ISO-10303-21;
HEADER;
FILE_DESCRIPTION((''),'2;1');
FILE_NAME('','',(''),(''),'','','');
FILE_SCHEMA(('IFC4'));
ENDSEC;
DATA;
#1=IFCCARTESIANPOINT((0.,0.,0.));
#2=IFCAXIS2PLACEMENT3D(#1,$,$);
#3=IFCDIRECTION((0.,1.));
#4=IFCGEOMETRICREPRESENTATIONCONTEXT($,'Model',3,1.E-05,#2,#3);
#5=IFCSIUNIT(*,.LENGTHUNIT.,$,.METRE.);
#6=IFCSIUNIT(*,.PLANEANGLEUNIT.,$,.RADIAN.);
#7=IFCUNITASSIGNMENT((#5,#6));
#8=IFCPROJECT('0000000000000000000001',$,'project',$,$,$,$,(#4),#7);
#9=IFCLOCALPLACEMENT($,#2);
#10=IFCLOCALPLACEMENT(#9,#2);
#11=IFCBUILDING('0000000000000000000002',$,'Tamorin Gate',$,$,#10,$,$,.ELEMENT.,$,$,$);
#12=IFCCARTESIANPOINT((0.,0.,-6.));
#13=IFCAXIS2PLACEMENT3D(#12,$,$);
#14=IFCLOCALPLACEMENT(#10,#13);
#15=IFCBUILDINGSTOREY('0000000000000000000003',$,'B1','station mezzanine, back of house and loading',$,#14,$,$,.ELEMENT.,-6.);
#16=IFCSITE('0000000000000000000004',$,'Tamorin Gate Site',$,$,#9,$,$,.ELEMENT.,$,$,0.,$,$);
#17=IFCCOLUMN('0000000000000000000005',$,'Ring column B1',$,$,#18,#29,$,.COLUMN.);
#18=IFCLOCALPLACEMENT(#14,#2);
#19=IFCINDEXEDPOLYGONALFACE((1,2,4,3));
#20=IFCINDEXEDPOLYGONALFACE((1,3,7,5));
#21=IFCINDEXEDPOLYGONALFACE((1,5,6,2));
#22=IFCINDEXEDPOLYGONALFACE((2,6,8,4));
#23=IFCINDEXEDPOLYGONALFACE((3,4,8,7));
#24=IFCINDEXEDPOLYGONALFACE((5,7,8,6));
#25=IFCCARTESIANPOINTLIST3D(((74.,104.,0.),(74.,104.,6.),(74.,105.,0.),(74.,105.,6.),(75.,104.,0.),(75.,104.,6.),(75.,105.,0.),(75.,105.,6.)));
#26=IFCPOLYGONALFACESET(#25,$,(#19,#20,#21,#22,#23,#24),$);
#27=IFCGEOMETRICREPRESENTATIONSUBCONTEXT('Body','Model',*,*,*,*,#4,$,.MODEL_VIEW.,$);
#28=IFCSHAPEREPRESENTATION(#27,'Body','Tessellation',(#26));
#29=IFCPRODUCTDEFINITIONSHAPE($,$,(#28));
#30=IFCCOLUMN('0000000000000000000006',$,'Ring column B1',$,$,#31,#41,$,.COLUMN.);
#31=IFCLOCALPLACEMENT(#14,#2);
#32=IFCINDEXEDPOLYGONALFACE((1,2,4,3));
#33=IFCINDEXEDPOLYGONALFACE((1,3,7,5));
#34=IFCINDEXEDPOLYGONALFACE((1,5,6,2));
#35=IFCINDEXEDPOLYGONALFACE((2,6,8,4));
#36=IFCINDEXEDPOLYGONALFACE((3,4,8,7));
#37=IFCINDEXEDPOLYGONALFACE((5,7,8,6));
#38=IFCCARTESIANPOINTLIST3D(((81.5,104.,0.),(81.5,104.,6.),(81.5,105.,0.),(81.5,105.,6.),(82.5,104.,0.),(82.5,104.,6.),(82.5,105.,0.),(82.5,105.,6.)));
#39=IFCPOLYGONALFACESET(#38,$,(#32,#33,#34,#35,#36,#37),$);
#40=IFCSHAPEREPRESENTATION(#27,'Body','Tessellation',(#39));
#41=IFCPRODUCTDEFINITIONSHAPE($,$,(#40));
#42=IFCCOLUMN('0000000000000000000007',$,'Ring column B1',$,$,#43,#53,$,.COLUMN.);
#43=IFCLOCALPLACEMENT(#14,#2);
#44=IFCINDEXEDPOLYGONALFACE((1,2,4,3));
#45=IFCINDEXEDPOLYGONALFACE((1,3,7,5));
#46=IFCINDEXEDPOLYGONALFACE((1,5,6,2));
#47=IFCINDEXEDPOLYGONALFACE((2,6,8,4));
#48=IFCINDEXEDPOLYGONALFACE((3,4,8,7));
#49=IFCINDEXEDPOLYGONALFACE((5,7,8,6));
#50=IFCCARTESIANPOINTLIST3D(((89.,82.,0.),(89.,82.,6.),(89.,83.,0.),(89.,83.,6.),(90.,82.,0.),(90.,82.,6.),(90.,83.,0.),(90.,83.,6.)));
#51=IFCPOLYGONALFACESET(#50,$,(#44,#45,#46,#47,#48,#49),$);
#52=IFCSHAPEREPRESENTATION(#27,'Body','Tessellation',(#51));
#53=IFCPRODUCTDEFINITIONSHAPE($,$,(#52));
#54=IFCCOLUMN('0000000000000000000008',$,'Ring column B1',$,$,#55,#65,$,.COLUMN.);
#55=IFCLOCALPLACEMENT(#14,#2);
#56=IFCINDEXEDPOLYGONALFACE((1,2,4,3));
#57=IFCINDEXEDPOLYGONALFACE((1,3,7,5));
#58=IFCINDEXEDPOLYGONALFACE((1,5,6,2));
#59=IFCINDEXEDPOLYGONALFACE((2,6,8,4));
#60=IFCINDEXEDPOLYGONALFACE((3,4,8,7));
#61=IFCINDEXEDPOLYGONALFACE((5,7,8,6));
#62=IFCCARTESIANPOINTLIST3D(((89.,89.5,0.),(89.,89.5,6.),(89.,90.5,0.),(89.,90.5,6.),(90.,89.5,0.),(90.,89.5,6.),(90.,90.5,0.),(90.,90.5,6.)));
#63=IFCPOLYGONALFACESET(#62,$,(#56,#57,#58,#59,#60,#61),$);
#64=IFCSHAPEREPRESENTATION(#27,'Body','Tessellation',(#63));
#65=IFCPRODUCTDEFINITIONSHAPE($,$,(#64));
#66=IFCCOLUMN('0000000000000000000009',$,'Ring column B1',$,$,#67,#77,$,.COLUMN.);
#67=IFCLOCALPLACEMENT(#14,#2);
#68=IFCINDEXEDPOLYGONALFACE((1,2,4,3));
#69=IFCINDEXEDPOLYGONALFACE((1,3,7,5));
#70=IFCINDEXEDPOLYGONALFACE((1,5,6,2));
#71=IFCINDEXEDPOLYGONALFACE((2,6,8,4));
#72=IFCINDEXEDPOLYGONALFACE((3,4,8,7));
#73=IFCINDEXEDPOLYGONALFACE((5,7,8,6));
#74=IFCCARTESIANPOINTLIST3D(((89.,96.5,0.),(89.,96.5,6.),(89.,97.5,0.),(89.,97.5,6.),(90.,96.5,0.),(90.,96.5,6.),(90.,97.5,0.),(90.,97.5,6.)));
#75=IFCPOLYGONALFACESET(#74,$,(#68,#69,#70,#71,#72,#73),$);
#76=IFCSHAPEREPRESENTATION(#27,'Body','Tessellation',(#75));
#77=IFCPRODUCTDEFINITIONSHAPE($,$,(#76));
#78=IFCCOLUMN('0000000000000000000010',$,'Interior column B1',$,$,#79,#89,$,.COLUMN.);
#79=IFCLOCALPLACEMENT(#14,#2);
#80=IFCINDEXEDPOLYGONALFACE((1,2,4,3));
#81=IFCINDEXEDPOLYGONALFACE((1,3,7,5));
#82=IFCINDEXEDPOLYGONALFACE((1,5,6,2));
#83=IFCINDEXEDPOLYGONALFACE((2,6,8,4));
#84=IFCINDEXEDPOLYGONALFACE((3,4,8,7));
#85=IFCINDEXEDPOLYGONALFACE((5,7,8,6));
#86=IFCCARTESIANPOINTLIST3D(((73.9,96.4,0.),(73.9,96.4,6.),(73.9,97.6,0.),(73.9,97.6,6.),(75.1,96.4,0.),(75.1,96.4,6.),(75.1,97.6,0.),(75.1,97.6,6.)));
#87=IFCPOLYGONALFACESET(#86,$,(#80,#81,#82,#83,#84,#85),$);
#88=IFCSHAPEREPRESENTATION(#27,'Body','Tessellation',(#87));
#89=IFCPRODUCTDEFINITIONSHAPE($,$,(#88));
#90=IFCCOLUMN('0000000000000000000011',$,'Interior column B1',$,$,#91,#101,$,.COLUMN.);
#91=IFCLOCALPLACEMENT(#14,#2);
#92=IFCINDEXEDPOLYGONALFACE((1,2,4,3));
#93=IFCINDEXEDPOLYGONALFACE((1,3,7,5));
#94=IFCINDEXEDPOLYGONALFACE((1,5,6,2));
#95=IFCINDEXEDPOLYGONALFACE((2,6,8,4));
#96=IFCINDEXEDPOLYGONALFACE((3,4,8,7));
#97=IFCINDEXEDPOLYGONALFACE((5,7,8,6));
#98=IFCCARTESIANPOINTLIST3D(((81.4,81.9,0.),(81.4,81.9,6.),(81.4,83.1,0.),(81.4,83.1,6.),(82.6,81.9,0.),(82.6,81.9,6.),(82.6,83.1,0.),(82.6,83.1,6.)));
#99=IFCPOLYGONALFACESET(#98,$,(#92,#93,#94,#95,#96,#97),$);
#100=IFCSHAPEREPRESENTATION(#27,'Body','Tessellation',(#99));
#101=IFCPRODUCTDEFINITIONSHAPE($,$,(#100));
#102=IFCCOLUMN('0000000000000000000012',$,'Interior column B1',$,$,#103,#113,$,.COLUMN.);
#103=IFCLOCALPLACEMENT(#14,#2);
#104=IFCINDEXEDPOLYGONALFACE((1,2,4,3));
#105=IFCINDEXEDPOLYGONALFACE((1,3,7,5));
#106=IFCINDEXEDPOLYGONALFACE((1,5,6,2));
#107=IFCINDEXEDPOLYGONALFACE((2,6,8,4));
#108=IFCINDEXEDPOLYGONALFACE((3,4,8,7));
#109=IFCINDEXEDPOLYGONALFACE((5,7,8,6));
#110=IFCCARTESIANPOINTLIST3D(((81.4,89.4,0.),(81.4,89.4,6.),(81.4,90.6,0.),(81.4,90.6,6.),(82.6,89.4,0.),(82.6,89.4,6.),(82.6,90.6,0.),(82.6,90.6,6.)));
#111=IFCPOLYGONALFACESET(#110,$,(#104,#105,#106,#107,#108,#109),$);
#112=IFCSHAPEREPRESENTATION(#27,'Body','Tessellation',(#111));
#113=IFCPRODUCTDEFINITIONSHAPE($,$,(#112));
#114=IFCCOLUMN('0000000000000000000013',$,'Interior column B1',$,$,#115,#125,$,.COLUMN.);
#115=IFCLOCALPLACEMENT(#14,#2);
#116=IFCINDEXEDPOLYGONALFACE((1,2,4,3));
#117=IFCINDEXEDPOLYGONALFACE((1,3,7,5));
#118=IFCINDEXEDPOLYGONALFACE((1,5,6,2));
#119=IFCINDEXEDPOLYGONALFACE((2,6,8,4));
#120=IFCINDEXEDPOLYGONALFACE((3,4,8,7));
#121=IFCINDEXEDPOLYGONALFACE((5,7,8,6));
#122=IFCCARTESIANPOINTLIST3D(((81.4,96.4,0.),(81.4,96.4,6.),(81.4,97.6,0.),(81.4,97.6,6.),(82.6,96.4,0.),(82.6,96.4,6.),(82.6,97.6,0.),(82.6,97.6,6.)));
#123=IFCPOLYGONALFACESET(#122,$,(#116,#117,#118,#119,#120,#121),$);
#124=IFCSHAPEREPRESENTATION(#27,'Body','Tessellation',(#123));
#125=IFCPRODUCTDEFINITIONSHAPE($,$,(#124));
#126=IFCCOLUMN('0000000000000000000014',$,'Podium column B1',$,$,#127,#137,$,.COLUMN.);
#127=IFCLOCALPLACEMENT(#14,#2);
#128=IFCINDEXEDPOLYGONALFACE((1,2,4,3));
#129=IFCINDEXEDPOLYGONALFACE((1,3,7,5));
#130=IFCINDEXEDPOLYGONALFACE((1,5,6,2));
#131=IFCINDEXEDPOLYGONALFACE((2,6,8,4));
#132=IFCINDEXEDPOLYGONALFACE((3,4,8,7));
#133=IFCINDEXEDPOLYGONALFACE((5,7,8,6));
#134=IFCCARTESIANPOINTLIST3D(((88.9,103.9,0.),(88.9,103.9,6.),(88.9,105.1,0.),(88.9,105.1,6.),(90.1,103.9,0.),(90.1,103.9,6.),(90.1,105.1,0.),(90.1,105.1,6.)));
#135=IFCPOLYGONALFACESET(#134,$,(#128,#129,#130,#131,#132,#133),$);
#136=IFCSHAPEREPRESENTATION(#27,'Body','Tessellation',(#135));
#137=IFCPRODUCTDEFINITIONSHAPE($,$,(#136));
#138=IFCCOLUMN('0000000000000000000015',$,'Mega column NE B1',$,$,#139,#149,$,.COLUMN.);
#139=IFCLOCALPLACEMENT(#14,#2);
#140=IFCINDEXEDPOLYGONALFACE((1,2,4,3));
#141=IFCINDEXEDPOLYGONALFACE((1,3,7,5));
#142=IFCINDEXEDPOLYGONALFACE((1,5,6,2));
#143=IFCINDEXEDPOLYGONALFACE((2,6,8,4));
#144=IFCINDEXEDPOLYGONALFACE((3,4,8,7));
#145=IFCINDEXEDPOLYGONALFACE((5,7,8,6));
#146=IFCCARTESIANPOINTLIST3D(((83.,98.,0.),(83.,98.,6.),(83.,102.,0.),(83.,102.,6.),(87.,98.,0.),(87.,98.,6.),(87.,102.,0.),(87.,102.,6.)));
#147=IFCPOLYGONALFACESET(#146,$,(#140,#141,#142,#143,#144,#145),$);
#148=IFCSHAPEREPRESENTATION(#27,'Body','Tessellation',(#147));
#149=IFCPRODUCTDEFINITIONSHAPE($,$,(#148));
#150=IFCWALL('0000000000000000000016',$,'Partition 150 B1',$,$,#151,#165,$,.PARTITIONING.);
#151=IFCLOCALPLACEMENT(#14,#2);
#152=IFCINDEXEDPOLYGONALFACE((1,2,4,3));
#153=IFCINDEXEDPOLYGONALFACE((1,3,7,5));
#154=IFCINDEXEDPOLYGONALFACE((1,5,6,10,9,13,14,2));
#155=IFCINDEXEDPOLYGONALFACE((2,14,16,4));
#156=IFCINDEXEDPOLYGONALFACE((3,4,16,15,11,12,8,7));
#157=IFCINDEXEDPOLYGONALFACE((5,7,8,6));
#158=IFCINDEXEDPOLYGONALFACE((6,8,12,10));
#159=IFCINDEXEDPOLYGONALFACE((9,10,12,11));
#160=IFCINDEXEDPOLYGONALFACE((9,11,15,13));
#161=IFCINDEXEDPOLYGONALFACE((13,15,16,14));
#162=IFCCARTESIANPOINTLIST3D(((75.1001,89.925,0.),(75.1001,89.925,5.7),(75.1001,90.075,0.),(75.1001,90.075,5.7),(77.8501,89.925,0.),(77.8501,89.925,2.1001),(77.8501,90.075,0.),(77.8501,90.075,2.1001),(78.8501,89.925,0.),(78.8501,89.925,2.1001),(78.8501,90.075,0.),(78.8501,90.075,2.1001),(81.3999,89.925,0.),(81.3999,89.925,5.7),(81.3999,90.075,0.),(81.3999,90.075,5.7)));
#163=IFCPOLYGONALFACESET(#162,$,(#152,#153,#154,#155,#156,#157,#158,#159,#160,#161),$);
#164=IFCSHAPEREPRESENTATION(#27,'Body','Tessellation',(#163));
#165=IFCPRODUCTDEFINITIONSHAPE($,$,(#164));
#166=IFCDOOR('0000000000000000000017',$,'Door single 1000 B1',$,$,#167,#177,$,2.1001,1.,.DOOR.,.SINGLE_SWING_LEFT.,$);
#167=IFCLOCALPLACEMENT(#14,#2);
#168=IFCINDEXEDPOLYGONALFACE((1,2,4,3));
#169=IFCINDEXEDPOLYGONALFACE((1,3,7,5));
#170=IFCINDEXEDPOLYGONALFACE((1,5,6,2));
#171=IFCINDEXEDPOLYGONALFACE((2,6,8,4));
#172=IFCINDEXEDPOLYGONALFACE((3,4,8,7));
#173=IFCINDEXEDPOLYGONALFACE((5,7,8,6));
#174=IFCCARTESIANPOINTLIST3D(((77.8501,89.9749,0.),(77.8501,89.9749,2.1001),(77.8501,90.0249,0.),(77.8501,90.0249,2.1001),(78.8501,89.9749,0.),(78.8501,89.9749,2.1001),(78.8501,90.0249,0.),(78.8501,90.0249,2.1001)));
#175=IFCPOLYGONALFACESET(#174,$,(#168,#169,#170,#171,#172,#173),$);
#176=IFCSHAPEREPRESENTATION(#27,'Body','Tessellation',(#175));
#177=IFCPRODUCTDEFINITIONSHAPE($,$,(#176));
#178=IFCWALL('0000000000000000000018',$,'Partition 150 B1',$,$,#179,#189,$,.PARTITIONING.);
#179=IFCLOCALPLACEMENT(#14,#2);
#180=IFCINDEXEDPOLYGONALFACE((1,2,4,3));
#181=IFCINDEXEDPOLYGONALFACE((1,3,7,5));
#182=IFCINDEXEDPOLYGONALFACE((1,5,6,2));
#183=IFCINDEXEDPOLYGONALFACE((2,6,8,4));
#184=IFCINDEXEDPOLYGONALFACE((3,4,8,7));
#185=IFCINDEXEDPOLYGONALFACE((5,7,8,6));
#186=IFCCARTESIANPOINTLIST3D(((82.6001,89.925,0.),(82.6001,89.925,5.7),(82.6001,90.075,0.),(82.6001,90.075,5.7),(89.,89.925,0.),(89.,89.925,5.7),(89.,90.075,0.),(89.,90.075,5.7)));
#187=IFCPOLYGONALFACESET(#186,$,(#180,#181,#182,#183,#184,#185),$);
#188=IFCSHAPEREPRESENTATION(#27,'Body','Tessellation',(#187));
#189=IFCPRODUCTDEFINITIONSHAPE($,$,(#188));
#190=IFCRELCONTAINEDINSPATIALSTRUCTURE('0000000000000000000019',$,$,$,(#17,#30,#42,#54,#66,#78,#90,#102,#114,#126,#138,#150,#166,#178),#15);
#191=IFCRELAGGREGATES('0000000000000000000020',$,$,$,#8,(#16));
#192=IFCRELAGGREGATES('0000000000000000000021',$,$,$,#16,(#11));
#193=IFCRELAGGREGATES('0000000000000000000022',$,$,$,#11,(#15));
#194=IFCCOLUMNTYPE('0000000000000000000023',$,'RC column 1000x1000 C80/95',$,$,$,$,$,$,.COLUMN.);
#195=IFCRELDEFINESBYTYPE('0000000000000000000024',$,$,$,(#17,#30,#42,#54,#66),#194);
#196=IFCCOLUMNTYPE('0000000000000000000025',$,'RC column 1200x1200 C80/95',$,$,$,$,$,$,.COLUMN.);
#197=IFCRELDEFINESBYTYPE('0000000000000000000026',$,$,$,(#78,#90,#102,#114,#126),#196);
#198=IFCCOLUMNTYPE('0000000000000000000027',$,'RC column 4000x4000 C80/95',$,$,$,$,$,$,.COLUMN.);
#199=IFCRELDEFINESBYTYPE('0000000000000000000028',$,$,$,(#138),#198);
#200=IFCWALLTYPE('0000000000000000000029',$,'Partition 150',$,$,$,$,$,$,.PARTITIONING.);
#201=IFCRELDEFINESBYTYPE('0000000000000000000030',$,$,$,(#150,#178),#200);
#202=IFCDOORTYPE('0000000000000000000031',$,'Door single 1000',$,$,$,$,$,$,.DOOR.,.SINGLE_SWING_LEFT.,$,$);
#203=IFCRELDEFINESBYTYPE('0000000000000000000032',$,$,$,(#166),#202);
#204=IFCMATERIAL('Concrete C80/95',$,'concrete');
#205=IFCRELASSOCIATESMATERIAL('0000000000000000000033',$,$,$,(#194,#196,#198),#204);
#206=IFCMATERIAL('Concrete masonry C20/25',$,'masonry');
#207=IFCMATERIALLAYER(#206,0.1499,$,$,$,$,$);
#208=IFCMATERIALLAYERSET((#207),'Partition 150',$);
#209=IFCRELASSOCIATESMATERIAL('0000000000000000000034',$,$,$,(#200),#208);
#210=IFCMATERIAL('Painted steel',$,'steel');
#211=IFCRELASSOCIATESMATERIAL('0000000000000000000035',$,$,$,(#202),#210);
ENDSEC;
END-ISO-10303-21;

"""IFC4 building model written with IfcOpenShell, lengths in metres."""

from ifc_helpers import new_model, si_unit, direction, frame, frame_2d, origin, origin_2d, place, context, subcontext, project, spatial, rectangle, extrude, material, layer, layer_set, material_profile, profile_set, type_object, element, fill, save


model = new_model("IFC4")

# Units and contexts
model_context = context("Model", 3, precision=1e-05, world=origin(), true_north=direction((0.0, 1.0)))
body_context = subcontext(model_context, "Body", "Model", "MODEL_VIEW")
ifc_project = project(units=[si_unit("LENGTHUNIT", "METRE"), si_unit("PLANEANGLEUNIT", "RADIAN")], contexts=[model_context])

# Site, building, storey
site_placement = place(None, origin())
site = spatial("IfcSite", under=ifc_project, at=site_placement, Name="Tamorin Gate Site", CompositionType="ELEMENT", RefElevation=0.0)
building_placement = place(site_placement, origin())
building = spatial("IfcBuilding", under=site, at=building_placement, Name="Tamorin Gate", CompositionType="ELEMENT")
storey_placement = place(building_placement, frame((0.0, 0.0, -6.0)))
storey = spatial("IfcBuildingStorey", under=building, at=storey_placement, Name="B1", Description="station mezzanine, back of house and loading", CompositionType="ELEMENT", Elevation=-6.0)

# Columns
ifc_material_1 = material(Name="Concrete C80/95", Category="concrete")
ifc_material_profile_1 = material_profile(ifc_material_1, rectangle(XDim=1.0, YDim=1.0, at=origin_2d()), Name="RC 1000x1000")
ifc_profile_set_1 = profile_set([ifc_material_profile_1], Name="Concrete C80/95")
column_type_1 = type_object("IfcColumnType", Name="RC column 1000x1000 C80/95", PredefinedType="COLUMN", material=ifc_profile_set_1)
for number, where, z_axis, x_axis, name in (
    (1, (74.5, 104.5, 0.0), (0.0, 0.0, 1.0), (1.0, 0.0, 0.0), "Ring column B1"),
    (2, (82.0, 104.5, 0.0), (0.0, 0.0, 1.0), (1.0, 0.0, 0.0), "Ring column B1"),
    (3, (89.5, 82.5, 0.0), (0.0, 0.0, 1.0), (1.0, 0.0, 0.0), "Ring column B1"),
    (4, (89.5, 90.0, 0.0), (0.0, 0.0, 1.0), (1.0, 0.0, 0.0), "Ring column B1"),
    (5, (89.5, 97.0, 0.0), (0.0, 0.0, 1.0), (1.0, 0.0, 0.0), "Ring column B1"),
):
    element("IfcColumn", number, at=place(storey_placement, frame(where, z_axis=z_axis, x_axis=x_axis)), inside=storey, type_object=column_type_1, Name=name, PredefinedType="COLUMN", context=body_context, shape_type="SweptSolid", body=[
        extrude(rectangle(XDim=1.0, YDim=1.0, at=origin_2d()), origin(), (0.0, 0.0, 1.0), 6.0),
    ])
ifc_material_profile_2 = material_profile(ifc_material_1, rectangle(XDim=1.2, YDim=1.2, at=origin_2d()), Name="RC 1200x1200")
ifc_profile_set_2 = profile_set([ifc_material_profile_2], Name="Concrete C80/95")
column_type_2 = type_object("IfcColumnType", Name="RC column 1200x1200 C80/95", PredefinedType="COLUMN", material=ifc_profile_set_2)
for number, where, z_axis, x_axis, name in (
    (6, (74.5, 97.0, 0.0), (0.0, 0.0, 1.0), (1.0, 0.0, 0.0), "Interior column B1"),
    (7, (82.0, 82.5, 0.0), (0.0, 0.0, 1.0), (1.0, 0.0, 0.0), "Interior column B1"),
    (8, (82.0, 90.0, 0.0), (0.0, 0.0, 1.0), (1.0, 0.0, 0.0), "Interior column B1"),
    (9, (82.0, 97.0, 0.0), (0.0, 0.0, 1.0), (1.0, 0.0, 0.0), "Interior column B1"),
    (10, (89.5, 104.5, 0.0), (0.0, 0.0, 1.0), (1.0, 0.0, 0.0), "Podium column B1"),
):
    element("IfcColumn", number, at=place(storey_placement, frame(where, z_axis=z_axis, x_axis=x_axis)), inside=storey, type_object=column_type_2, Name=name, PredefinedType="COLUMN", context=body_context, shape_type="SweptSolid", body=[
        extrude(rectangle(XDim=1.2, YDim=1.2, at=origin_2d()), origin(), (0.0, 0.0, 1.0), 6.0),
    ])
ifc_material_profile_3 = material_profile(ifc_material_1, rectangle(XDim=4.0, YDim=4.0, at=origin_2d()), Name="RC 4000x4000")
ifc_profile_set_3 = profile_set([ifc_material_profile_3], Name="Concrete C80/95")
column_type_3 = type_object("IfcColumnType", Name="RC column 4000x4000 C80/95", PredefinedType="COLUMN", material=ifc_profile_set_3)
column_placement = place(storey_placement, frame((85.0, 100.0, 0.0), z_axis=(0.0, 0.0, 1.0), x_axis=(1.0, 0.0, 0.0)))
element("IfcColumn", 11, at=column_placement, inside=storey, type_object=column_type_3, Name="Mega column NE B1", PredefinedType="COLUMN", context=body_context, shape_type="SweptSolid", body=[
    extrude(rectangle(XDim=4.0, YDim=4.0, at=origin_2d()), origin(), (0.0, 0.0, 1.0), 6.0),
])

# Wall, opening, door
ifc_material_2 = material(Name="Concrete masonry C20/25", Category="masonry")
ifc_layer_1 = layer(ifc_material_2, 0.1499)
ifc_layer_set_1 = layer_set([ifc_layer_1], Name="Partition 150")
wall_type_1 = type_object("IfcWallType", Name="Partition 150", PredefinedType="PARTITIONING", material=ifc_layer_set_1)
wall_1_placement = place(storey_placement, frame((75.1001, 90.0, 0.0), z_axis=(0.0, 0.0, 1.0), x_axis=(1.0, 0.0, 0.0)))
wall_1 = element("IfcWall", 12, at=wall_1_placement, inside=storey, type_object=wall_type_1, Name="Partition 150 B1", PredefinedType="PARTITIONING", context=body_context, shape_type="SweptSolid", body=[
    extrude(rectangle(XDim=6.2998, YDim=0.1499, at=frame_2d((3.1499, 0.0))), origin(), (0.0, 0.0, 1.0), 5.7),
])
opening_1_placement = place(wall_1_placement, frame((2.75, 0.0, 0.0)))
opening_1 = element("IfcOpeningElement", 13, at=opening_1_placement, cuts=wall_1, PredefinedType="OPENING", context=body_context, shape_type="SweptSolid", body=[
    extrude(rectangle(XDim=1.0, YDim=2.1001, at=frame_2d((0.5, 1.05))), frame((0.0, 0.085, 0.0), z_axis=(0.0, -1.0, 0.0), x_axis=(1.0, 0.0, 0.0)), (0.0, 0.0, 1.0), 0.1699),
])
ifc_material_3 = material(Name="Painted steel", Category="steel")
door_type_1 = type_object("IfcDoorType", Name="Door single 1000", OperationType="SINGLE_SWING_LEFT", PredefinedType="DOOR", material=ifc_material_3)
door_1_placement = place(opening_1_placement, origin())
door_1 = element("IfcDoor", 14, at=door_1_placement, inside=storey, type_object=door_type_1, Name="Door single 1000 B1", OperationType="SINGLE_SWING_LEFT", OverallHeight=2.1001, OverallWidth=1.0, PredefinedType="DOOR", context=body_context, shape_type="SweptSolid", body=[
    extrude(rectangle(XDim=1.0, YDim=2.1001, at=frame_2d((0.5, 1.05))), frame((0.0, 0.0249, 0.0), z_axis=(0.0, -1.0, 0.0), x_axis=(1.0, 0.0, 0.0)), (0.0, 0.0, 1.0), 0.05),
])
fill(opening_1, door_1)

# Wall
wall_2_placement = place(storey_placement, frame((82.6001, 90.0, 0.0), z_axis=(0.0, 0.0, 1.0), x_axis=(1.0, 0.0, 0.0)))
element("IfcWall", 15, at=wall_2_placement, inside=storey, type_object=wall_type_1, Name="Partition 150 B1", PredefinedType="PARTITIONING", context=body_context, shape_type="SweptSolid", body=[
    extrude(rectangle(XDim=6.3999, YDim=0.1499, at=frame_2d((3.2, 0.0))), origin(), (0.0, 0.0, 1.0), 5.7),
])

save(model, "model.ifc")
